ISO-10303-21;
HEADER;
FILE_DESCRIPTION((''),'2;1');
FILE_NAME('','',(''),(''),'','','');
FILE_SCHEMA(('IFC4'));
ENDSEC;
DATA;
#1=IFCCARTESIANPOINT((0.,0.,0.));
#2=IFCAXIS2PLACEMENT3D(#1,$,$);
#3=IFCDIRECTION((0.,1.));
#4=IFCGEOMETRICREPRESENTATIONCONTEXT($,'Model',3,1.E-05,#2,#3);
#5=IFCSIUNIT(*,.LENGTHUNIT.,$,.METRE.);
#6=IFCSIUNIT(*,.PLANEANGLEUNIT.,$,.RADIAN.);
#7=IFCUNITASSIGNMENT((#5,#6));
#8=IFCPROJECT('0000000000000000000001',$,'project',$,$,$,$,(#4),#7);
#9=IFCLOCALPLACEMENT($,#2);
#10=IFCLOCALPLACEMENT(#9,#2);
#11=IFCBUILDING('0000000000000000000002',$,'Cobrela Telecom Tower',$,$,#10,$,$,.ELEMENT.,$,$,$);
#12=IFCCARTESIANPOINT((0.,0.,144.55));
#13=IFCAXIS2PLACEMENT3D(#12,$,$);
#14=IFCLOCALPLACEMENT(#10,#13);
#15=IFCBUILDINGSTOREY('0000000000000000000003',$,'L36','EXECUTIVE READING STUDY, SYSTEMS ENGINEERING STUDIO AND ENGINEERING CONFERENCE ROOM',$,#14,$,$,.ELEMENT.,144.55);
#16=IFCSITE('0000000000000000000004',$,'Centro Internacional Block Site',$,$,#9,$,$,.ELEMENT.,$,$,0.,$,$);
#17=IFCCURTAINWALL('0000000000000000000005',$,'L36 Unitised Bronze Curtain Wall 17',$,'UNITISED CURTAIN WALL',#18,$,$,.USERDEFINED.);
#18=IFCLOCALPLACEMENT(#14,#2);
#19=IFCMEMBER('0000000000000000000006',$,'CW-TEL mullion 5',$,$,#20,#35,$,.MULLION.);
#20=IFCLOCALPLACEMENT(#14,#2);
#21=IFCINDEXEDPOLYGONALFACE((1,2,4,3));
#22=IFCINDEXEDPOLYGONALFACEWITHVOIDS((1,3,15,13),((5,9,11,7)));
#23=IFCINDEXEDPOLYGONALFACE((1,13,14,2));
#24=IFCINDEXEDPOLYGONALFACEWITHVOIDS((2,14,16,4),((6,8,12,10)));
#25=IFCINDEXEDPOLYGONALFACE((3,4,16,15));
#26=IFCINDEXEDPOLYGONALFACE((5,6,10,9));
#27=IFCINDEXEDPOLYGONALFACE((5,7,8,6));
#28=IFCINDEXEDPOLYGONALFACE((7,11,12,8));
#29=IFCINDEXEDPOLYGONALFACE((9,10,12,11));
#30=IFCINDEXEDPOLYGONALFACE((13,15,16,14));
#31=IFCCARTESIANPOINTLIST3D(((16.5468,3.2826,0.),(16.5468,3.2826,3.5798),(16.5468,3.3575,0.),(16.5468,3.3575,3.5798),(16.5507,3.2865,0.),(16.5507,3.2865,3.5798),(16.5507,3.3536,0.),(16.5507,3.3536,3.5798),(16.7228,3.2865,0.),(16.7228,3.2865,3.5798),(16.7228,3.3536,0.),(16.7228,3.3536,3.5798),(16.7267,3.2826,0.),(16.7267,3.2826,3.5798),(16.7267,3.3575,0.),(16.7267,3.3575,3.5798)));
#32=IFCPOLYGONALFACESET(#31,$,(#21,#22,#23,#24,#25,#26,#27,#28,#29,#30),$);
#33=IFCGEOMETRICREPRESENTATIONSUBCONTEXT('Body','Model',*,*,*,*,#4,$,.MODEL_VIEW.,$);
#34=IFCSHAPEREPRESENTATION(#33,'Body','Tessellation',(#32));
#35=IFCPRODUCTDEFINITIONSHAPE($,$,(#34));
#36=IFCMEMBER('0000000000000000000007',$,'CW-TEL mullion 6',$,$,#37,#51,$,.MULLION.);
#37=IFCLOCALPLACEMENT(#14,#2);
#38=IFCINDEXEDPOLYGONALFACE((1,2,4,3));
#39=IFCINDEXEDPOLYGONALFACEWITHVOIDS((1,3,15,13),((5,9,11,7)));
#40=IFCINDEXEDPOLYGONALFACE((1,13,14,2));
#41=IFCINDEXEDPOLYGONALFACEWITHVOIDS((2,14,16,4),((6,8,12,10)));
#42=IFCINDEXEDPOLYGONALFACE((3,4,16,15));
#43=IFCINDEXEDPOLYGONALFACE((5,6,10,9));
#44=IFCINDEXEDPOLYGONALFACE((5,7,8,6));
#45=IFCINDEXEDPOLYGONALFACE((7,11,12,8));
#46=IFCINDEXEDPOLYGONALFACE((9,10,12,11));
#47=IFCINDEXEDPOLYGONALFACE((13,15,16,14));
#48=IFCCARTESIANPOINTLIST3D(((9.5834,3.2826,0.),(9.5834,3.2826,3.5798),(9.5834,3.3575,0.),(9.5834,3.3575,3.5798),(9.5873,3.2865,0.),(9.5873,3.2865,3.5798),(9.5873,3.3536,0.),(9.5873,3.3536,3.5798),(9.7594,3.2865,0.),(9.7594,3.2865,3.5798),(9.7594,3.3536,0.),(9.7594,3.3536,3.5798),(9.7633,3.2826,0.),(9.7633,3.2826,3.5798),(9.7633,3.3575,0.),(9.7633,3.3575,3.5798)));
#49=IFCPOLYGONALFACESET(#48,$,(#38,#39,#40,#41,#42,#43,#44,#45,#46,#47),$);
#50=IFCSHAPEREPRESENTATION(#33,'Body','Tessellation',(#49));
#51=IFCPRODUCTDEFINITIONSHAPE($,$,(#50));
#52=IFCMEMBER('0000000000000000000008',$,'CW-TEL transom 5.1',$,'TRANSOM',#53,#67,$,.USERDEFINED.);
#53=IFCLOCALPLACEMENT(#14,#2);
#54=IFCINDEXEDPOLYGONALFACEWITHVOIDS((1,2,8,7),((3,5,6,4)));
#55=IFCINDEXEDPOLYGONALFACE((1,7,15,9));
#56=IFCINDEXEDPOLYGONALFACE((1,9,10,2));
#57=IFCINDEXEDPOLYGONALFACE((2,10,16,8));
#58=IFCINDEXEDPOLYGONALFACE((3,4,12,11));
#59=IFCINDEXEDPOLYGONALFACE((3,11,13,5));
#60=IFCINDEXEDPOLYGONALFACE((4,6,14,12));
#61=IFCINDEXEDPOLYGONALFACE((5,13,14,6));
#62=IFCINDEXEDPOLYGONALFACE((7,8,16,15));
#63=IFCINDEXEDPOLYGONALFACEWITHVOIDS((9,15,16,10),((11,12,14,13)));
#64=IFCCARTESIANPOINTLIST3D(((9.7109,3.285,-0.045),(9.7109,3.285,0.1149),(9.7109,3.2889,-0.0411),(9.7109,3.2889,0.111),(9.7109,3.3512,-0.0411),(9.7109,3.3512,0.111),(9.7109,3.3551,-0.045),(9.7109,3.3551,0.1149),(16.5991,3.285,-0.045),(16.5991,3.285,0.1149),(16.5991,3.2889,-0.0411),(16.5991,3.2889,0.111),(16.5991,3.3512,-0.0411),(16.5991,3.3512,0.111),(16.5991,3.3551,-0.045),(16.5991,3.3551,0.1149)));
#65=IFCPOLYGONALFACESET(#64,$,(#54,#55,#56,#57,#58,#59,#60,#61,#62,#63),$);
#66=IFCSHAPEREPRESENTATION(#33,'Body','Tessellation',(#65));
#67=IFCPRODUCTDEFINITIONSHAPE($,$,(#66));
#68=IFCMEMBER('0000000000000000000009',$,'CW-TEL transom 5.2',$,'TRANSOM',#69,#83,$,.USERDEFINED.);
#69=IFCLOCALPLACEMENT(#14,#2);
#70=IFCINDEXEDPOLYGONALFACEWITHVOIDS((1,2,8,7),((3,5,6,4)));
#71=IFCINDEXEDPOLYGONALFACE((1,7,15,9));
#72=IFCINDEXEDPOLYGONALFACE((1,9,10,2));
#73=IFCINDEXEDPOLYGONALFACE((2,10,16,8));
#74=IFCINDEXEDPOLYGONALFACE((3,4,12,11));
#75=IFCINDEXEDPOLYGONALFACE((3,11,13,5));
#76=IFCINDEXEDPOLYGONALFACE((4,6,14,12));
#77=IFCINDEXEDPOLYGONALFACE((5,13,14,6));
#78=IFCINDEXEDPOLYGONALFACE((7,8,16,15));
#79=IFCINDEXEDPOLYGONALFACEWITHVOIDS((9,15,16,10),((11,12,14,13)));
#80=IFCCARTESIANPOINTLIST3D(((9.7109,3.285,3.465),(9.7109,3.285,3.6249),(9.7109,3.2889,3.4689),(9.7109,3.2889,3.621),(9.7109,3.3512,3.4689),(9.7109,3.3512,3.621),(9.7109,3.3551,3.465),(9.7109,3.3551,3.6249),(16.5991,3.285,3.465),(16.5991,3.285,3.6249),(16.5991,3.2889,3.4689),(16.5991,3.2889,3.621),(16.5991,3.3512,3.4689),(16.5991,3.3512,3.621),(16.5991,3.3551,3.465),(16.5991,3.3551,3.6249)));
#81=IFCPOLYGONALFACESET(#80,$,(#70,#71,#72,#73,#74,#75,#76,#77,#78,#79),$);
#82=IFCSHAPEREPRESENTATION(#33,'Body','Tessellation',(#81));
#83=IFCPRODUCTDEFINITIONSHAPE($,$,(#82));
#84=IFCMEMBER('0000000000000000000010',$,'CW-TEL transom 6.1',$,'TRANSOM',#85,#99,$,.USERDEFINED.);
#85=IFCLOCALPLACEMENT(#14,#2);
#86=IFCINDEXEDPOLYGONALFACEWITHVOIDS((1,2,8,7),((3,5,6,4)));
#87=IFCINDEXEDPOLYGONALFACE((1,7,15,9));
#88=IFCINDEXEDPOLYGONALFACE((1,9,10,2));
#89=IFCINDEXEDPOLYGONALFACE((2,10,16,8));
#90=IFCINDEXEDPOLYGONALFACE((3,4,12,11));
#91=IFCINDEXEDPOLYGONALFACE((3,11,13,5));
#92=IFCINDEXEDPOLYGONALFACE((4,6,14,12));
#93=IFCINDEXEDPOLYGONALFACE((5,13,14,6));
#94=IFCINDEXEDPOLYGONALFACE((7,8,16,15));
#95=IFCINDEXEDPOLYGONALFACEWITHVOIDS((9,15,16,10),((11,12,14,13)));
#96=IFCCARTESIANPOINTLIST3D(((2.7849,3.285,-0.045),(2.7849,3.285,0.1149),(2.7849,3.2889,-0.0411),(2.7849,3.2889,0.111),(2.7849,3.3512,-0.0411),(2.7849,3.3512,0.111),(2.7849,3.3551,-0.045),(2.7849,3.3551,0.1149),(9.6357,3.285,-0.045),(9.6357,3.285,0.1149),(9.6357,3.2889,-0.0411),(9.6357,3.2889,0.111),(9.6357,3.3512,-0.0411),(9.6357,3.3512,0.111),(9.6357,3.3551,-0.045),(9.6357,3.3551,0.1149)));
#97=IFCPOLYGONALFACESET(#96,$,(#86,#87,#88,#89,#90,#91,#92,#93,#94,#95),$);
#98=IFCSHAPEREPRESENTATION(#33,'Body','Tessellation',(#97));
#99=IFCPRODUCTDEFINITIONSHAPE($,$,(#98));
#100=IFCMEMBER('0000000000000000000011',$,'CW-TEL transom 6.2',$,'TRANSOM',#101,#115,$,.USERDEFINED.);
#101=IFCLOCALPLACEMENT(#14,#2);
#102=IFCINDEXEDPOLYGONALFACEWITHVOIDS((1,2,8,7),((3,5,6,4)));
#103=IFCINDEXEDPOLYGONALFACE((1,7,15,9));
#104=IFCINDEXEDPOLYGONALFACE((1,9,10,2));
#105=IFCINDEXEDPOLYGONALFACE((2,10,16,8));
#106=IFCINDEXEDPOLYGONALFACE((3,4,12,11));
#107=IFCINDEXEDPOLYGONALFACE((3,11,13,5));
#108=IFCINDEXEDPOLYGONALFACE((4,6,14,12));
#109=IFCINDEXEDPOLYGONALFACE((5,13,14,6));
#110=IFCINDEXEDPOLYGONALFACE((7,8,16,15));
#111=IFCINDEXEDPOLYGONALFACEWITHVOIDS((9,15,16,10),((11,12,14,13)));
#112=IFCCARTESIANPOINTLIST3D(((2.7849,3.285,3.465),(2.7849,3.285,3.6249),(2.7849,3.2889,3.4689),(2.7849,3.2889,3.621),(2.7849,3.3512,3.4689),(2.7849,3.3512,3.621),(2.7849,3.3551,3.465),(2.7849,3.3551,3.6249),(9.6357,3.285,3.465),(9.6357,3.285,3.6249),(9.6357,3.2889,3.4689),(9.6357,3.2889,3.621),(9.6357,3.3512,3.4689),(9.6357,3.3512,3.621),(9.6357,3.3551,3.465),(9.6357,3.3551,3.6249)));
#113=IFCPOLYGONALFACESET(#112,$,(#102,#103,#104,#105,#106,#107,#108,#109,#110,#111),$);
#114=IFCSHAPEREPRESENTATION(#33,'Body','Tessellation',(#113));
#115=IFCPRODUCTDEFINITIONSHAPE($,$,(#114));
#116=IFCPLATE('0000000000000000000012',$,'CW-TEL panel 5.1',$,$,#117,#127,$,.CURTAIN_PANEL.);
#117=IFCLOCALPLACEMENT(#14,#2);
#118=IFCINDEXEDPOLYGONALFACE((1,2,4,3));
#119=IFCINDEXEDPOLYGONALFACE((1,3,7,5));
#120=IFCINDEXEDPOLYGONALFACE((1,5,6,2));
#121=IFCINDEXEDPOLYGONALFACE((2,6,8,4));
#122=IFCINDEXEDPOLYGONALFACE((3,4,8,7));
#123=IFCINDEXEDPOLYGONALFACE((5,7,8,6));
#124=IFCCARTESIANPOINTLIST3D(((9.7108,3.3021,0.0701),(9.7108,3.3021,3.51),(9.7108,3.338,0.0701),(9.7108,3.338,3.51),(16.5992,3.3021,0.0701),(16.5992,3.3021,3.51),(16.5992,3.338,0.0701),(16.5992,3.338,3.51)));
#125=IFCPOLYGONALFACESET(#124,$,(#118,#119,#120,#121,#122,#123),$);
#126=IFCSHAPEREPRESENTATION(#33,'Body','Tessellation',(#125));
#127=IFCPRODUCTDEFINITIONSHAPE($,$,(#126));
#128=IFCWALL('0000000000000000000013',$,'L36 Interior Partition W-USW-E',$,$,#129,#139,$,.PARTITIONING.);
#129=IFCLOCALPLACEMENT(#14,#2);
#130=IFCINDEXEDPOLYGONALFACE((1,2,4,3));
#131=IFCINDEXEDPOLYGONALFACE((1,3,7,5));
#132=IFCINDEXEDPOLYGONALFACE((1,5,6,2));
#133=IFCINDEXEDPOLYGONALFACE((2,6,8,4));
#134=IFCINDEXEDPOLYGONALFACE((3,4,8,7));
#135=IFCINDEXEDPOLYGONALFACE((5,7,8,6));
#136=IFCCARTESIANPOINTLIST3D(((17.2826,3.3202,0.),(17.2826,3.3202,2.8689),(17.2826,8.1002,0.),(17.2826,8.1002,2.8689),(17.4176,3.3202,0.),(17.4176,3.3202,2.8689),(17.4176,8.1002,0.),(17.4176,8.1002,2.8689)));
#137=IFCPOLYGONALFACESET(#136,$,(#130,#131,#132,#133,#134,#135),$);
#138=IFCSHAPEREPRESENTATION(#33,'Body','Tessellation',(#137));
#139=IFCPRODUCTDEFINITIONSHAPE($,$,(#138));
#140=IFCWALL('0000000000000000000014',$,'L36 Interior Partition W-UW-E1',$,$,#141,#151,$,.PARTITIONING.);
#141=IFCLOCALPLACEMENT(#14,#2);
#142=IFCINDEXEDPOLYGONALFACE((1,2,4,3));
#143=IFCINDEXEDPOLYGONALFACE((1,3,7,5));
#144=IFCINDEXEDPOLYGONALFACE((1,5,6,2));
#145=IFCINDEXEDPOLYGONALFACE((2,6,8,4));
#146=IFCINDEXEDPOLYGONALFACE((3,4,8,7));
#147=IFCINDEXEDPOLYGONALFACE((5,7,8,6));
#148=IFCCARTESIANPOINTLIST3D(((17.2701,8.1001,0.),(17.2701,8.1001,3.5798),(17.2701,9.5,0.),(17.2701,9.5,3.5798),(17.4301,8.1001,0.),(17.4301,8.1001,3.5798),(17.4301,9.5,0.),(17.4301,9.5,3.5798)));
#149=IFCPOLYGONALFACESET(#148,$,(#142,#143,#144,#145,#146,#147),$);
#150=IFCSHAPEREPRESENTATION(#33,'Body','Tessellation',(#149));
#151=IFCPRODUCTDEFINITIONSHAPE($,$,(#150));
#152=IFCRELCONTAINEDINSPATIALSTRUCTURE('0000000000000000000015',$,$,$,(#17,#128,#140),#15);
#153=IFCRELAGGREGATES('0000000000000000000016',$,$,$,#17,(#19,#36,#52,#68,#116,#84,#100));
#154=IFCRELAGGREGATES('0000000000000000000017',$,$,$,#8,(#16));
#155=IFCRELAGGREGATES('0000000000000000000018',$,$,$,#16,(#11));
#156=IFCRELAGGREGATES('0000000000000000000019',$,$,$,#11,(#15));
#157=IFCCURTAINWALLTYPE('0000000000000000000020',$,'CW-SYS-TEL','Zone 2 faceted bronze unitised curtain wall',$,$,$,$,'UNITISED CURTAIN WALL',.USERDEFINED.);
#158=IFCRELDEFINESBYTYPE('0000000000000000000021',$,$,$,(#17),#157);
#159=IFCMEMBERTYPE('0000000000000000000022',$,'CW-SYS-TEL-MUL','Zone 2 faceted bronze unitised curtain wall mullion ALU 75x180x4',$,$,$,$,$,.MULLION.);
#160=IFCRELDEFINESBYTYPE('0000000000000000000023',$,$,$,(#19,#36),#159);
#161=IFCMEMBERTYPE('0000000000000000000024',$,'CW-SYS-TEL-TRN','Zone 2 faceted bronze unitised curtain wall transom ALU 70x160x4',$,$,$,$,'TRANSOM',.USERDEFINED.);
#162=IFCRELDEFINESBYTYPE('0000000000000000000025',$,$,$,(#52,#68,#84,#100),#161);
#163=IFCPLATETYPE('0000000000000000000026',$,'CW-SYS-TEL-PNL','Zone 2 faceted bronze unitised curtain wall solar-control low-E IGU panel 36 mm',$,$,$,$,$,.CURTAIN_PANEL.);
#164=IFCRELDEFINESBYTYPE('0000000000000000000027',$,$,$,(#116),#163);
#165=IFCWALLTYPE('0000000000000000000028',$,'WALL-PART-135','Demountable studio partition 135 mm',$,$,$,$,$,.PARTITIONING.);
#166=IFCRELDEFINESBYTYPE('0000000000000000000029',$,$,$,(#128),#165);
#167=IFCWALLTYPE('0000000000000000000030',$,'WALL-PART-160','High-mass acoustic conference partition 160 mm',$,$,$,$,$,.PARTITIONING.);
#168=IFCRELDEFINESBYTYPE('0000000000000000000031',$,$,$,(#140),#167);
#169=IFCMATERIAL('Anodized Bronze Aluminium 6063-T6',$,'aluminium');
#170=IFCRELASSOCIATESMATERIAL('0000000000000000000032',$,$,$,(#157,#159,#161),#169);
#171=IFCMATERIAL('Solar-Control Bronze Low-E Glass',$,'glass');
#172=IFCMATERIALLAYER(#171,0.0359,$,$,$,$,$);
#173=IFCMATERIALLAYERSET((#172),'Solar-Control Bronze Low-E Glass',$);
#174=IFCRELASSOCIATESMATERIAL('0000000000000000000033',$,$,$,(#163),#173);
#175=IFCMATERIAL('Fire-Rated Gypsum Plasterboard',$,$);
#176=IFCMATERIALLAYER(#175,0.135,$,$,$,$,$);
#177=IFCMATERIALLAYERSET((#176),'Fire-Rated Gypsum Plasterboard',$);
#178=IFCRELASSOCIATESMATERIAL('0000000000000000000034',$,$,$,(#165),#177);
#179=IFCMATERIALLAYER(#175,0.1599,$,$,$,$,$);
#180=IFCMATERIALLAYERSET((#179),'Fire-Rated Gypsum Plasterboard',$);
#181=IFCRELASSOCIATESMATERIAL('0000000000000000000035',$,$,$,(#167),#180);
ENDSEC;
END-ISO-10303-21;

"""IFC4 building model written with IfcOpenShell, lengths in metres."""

from ifc_helpers import new_model, si_unit, direction, frame, frame_2d, origin, origin_2d, place, context, subcontext, project, spatial, rectangle, hollow_rectangle, extrude, material, layer, layer_set, material_profile, profile_set, type_object, element, aggregate, save


model = new_model("IFC4")

# Units and contexts
model_context = context("Model", 3, precision=1e-05, world=origin(), true_north=direction((0.0, 1.0)))
body_context = subcontext(model_context, "Body", "Model", "MODEL_VIEW")
ifc_project = project(units=[si_unit("LENGTHUNIT", "METRE"), si_unit("PLANEANGLEUNIT", "RADIAN")], contexts=[model_context])

# Site, building, storey
site_placement = place(None, origin())
site = spatial("IfcSite", under=ifc_project, at=site_placement, Name="Centro Internacional Block Site", CompositionType="ELEMENT", RefElevation=0.0)
building_placement = place(site_placement, origin())
building = spatial("IfcBuilding", under=site, at=building_placement, Name="Cobrela Telecom Tower", CompositionType="ELEMENT")
storey_placement = place(building_placement, frame((0.0, 0.0, 144.55)))
storey = spatial("IfcBuildingStorey", under=building, at=storey_placement, Name="L36", Description="EXECUTIVE READING STUDY, SYSTEMS ENGINEERING STUDIO AND ENGINEERING CONFERENCE ROOM", CompositionType="ELEMENT", Elevation=144.55)

# Curtain wall, members, plate
ifc_material_1 = material(Name="Anodized Bronze Aluminium 6063-T6", Category="aluminium")
curtain_wall_type = type_object("IfcCurtainWallType", Name="CW-SYS-TEL", Description="Zone 2 faceted bronze unitised curtain wall", ElementType="UNITISED CURTAIN WALL", PredefinedType="USERDEFINED", material=ifc_material_1)
curtain_wall_placement = place(storey_placement, origin())
curtain_wall = element("IfcCurtainWall", 1, at=curtain_wall_placement, inside=storey, type_object=curtain_wall_type, Name="L36 Unitised Bronze Curtain Wall 17", ObjectType="UNITISED CURTAIN WALL", PredefinedType="USERDEFINED")
ifc_material_profile_1 = material_profile(ifc_material_1, hollow_rectangle(XDim=0.075, YDim=0.1799, WallThickness=0.0039, at=origin_2d()), Name="ALU 75x180x4")
ifc_profile_set_1 = profile_set([ifc_material_profile_1], Name="Anodized Bronze Aluminium 6063-T6")
member_type_1 = type_object("IfcMemberType", Name="CW-SYS-TEL-MUL", Description="Zone 2 faceted bronze unitised curtain wall mullion ALU 75x180x4", PredefinedType="MULLION", material=ifc_profile_set_1)
member_1_placement = place(storey_placement, frame((16.6367, 3.3201, 0.0), z_axis=(0.0, 0.0, 1.0), x_axis=(0.0, -1.0, 0.0)))
member_1 = element("IfcMember", 2, at=member_1_placement, type_object=member_type_1, Name="CW-TEL mullion 5", PredefinedType="MULLION", context=body_context, shape_type="SweptSolid", body=[
    extrude(hollow_rectangle(XDim=0.075, YDim=0.1799, WallThickness=0.0039, at=origin_2d()), origin(), (0.0, 0.0, 1.0), 3.5798),
])
member_2_placement = place(storey_placement, frame((9.6733, 3.3201, 0.0), z_axis=(0.0, 0.0, 1.0), x_axis=(0.0, -1.0, 0.0)))
member_2 = element("IfcMember", 3, at=member_2_placement, type_object=member_type_1, Name="CW-TEL mullion 6", PredefinedType="MULLION", context=body_context, shape_type="SweptSolid", body=[
    extrude(hollow_rectangle(XDim=0.075, YDim=0.1799, WallThickness=0.0039, at=origin_2d()), origin(), (0.0, 0.0, 1.0), 3.5798),
])
ifc_material_profile_2 = material_profile(ifc_material_1, hollow_rectangle(XDim=0.0701, YDim=0.1599, WallThickness=0.0039, at=origin_2d()), Name="ALU 70x160x4")
ifc_profile_set_2 = profile_set([ifc_material_profile_2], Name="Anodized Bronze Aluminium 6063-T6")
member_type_2 = type_object("IfcMemberType", Name="CW-SYS-TEL-TRN", Description="Zone 2 faceted bronze unitised curtain wall transom ALU 70x160x4", ElementType="TRANSOM", PredefinedType="USERDEFINED", material=ifc_profile_set_2)
member_3_placement = place(storey_placement, frame((16.5991, 3.3201, 0.0349), z_axis=(-1.0, 0.0, 0.0), x_axis=(0.0, -1.0, 0.0)))
member_3 = element("IfcMember", 4, at=member_3_placement, type_object=member_type_2, Name="CW-TEL transom 5.1", ObjectType="TRANSOM", PredefinedType="USERDEFINED", context=body_context, shape_type="SweptSolid", body=[
    extrude(hollow_rectangle(XDim=0.0701, YDim=0.1599, WallThickness=0.0039, at=origin_2d()), origin(), (0.0, 0.0, 1.0), 6.8882),
])
member_4_placement = place(storey_placement, frame((16.5991, 3.3201, 3.5449), z_axis=(-1.0, 0.0, 0.0), x_axis=(0.0, -1.0, 0.0)))
member_4 = element("IfcMember", 5, at=member_4_placement, type_object=member_type_2, Name="CW-TEL transom 5.2", ObjectType="TRANSOM", PredefinedType="USERDEFINED", context=body_context, shape_type="SweptSolid", body=[
    extrude(hollow_rectangle(XDim=0.0701, YDim=0.1599, WallThickness=0.0039, at=origin_2d()), origin(), (0.0, 0.0, 1.0), 6.8882),
])
member_5_placement = place(storey_placement, frame((9.6357, 3.3201, 0.0349), z_axis=(-1.0, 0.0, 0.0), x_axis=(0.0, -1.0, 0.0)))
member_5 = element("IfcMember", 6, at=member_5_placement, type_object=member_type_2, Name="CW-TEL transom 6.1", ObjectType="TRANSOM", PredefinedType="USERDEFINED", context=body_context, shape_type="SweptSolid", body=[
    extrude(hollow_rectangle(XDim=0.0701, YDim=0.1599, WallThickness=0.0039, at=origin_2d()), origin(), (0.0, 0.0, 1.0), 6.8508),
])
member_6_placement = place(storey_placement, frame((9.6357, 3.3201, 3.5449), z_axis=(-1.0, 0.0, 0.0), x_axis=(0.0, -1.0, 0.0)))
member_6 = element("IfcMember", 7, at=member_6_placement, type_object=member_type_2, Name="CW-TEL transom 6.2", ObjectType="TRANSOM", PredefinedType="USERDEFINED", context=body_context, shape_type="SweptSolid", body=[
    extrude(hollow_rectangle(XDim=0.0701, YDim=0.1599, WallThickness=0.0039, at=origin_2d()), origin(), (0.0, 0.0, 1.0), 6.8508),
])
ifc_material_2 = material(Name="Solar-Control Bronze Low-E Glass", Category="glass")
ifc_layer_1 = layer(ifc_material_2, 0.0359)
ifc_layer_set_1 = layer_set([ifc_layer_1], Name="Solar-Control Bronze Low-E Glass")
plate_type = type_object("IfcPlateType", Name="CW-SYS-TEL-PNL", Description="Zone 2 faceted bronze unitised curtain wall solar-control low-E IGU panel 36 mm", PredefinedType="CURTAIN_PANEL", material=ifc_layer_set_1)
plate_placement = place(storey_placement, frame((13.155, 3.3201, 0.0701), z_axis=(0.0, 0.0, 1.0), x_axis=(-1.0, 0.0, 0.0)))
plate = element("IfcPlate", 8, at=plate_placement, type_object=plate_type, Name="CW-TEL panel 5.1", PredefinedType="CURTAIN_PANEL", context=body_context, shape_type="SweptSolid", body=[
    extrude(rectangle(XDim=6.8884, YDim=0.0359, at=origin_2d()), origin(), (0.0, 0.0, 1.0), 3.4399),
])
aggregate(curtain_wall, [member_1, member_2, member_3, member_4, plate, member_5, member_6])

# Shared definitions
ifc_material_3 = material(Name="Fire-Rated Gypsum Plasterboard")
ifc_layer_2 = layer(ifc_material_3, 0.135)
ifc_layer_set_2 = layer_set([ifc_layer_2], Name="Fire-Rated Gypsum Plasterboard")
wall_type_1 = type_object("IfcWallType", Name="WALL-PART-135", Description="Demountable studio partition 135 mm", PredefinedType="PARTITIONING", material=ifc_layer_set_2)

# Walls
wall_1_placement = place(storey_placement, frame((17.3501, 3.3201, 0.0), z_axis=(0.0, 0.0, 1.0), x_axis=(0.0, 1.0, 0.0)))
element("IfcWall", 9, at=wall_1_placement, inside=storey, type_object=wall_type_1, Name="L36 Interior Partition W-USW-E", PredefinedType="PARTITIONING", context=body_context, shape_type="SweptSolid", body=[
    extrude(rectangle(XDim=4.78, YDim=0.135, at=frame_2d((2.3901, 0.0))), origin(), (0.0, 0.0, 1.0), 2.8689),
])
ifc_layer_3 = layer(ifc_material_3, 0.1599)
ifc_layer_set_3 = layer_set([ifc_layer_3], Name="Fire-Rated Gypsum Plasterboard")
wall_type_2 = type_object("IfcWallType", Name="WALL-PART-160", Description="High-mass acoustic conference partition 160 mm", PredefinedType="PARTITIONING", material=ifc_layer_set_3)
wall_2_placement = place(storey_placement, frame((17.3501, 8.1001, 0.0), z_axis=(0.0, 0.0, 1.0), x_axis=(0.0, 1.0, 0.0)))
element("IfcWall", 10, at=wall_2_placement, inside=storey, type_object=wall_type_2, Name="L36 Interior Partition W-UW-E1", PredefinedType="PARTITIONING", context=body_context, shape_type="SweptSolid", body=[
    extrude(rectangle(XDim=1.3999, YDim=0.1599, at=frame_2d((0.7, 0.0))), origin(), (0.0, 0.0, 1.0), 3.5798),
])

save(model, "model.ifc")
